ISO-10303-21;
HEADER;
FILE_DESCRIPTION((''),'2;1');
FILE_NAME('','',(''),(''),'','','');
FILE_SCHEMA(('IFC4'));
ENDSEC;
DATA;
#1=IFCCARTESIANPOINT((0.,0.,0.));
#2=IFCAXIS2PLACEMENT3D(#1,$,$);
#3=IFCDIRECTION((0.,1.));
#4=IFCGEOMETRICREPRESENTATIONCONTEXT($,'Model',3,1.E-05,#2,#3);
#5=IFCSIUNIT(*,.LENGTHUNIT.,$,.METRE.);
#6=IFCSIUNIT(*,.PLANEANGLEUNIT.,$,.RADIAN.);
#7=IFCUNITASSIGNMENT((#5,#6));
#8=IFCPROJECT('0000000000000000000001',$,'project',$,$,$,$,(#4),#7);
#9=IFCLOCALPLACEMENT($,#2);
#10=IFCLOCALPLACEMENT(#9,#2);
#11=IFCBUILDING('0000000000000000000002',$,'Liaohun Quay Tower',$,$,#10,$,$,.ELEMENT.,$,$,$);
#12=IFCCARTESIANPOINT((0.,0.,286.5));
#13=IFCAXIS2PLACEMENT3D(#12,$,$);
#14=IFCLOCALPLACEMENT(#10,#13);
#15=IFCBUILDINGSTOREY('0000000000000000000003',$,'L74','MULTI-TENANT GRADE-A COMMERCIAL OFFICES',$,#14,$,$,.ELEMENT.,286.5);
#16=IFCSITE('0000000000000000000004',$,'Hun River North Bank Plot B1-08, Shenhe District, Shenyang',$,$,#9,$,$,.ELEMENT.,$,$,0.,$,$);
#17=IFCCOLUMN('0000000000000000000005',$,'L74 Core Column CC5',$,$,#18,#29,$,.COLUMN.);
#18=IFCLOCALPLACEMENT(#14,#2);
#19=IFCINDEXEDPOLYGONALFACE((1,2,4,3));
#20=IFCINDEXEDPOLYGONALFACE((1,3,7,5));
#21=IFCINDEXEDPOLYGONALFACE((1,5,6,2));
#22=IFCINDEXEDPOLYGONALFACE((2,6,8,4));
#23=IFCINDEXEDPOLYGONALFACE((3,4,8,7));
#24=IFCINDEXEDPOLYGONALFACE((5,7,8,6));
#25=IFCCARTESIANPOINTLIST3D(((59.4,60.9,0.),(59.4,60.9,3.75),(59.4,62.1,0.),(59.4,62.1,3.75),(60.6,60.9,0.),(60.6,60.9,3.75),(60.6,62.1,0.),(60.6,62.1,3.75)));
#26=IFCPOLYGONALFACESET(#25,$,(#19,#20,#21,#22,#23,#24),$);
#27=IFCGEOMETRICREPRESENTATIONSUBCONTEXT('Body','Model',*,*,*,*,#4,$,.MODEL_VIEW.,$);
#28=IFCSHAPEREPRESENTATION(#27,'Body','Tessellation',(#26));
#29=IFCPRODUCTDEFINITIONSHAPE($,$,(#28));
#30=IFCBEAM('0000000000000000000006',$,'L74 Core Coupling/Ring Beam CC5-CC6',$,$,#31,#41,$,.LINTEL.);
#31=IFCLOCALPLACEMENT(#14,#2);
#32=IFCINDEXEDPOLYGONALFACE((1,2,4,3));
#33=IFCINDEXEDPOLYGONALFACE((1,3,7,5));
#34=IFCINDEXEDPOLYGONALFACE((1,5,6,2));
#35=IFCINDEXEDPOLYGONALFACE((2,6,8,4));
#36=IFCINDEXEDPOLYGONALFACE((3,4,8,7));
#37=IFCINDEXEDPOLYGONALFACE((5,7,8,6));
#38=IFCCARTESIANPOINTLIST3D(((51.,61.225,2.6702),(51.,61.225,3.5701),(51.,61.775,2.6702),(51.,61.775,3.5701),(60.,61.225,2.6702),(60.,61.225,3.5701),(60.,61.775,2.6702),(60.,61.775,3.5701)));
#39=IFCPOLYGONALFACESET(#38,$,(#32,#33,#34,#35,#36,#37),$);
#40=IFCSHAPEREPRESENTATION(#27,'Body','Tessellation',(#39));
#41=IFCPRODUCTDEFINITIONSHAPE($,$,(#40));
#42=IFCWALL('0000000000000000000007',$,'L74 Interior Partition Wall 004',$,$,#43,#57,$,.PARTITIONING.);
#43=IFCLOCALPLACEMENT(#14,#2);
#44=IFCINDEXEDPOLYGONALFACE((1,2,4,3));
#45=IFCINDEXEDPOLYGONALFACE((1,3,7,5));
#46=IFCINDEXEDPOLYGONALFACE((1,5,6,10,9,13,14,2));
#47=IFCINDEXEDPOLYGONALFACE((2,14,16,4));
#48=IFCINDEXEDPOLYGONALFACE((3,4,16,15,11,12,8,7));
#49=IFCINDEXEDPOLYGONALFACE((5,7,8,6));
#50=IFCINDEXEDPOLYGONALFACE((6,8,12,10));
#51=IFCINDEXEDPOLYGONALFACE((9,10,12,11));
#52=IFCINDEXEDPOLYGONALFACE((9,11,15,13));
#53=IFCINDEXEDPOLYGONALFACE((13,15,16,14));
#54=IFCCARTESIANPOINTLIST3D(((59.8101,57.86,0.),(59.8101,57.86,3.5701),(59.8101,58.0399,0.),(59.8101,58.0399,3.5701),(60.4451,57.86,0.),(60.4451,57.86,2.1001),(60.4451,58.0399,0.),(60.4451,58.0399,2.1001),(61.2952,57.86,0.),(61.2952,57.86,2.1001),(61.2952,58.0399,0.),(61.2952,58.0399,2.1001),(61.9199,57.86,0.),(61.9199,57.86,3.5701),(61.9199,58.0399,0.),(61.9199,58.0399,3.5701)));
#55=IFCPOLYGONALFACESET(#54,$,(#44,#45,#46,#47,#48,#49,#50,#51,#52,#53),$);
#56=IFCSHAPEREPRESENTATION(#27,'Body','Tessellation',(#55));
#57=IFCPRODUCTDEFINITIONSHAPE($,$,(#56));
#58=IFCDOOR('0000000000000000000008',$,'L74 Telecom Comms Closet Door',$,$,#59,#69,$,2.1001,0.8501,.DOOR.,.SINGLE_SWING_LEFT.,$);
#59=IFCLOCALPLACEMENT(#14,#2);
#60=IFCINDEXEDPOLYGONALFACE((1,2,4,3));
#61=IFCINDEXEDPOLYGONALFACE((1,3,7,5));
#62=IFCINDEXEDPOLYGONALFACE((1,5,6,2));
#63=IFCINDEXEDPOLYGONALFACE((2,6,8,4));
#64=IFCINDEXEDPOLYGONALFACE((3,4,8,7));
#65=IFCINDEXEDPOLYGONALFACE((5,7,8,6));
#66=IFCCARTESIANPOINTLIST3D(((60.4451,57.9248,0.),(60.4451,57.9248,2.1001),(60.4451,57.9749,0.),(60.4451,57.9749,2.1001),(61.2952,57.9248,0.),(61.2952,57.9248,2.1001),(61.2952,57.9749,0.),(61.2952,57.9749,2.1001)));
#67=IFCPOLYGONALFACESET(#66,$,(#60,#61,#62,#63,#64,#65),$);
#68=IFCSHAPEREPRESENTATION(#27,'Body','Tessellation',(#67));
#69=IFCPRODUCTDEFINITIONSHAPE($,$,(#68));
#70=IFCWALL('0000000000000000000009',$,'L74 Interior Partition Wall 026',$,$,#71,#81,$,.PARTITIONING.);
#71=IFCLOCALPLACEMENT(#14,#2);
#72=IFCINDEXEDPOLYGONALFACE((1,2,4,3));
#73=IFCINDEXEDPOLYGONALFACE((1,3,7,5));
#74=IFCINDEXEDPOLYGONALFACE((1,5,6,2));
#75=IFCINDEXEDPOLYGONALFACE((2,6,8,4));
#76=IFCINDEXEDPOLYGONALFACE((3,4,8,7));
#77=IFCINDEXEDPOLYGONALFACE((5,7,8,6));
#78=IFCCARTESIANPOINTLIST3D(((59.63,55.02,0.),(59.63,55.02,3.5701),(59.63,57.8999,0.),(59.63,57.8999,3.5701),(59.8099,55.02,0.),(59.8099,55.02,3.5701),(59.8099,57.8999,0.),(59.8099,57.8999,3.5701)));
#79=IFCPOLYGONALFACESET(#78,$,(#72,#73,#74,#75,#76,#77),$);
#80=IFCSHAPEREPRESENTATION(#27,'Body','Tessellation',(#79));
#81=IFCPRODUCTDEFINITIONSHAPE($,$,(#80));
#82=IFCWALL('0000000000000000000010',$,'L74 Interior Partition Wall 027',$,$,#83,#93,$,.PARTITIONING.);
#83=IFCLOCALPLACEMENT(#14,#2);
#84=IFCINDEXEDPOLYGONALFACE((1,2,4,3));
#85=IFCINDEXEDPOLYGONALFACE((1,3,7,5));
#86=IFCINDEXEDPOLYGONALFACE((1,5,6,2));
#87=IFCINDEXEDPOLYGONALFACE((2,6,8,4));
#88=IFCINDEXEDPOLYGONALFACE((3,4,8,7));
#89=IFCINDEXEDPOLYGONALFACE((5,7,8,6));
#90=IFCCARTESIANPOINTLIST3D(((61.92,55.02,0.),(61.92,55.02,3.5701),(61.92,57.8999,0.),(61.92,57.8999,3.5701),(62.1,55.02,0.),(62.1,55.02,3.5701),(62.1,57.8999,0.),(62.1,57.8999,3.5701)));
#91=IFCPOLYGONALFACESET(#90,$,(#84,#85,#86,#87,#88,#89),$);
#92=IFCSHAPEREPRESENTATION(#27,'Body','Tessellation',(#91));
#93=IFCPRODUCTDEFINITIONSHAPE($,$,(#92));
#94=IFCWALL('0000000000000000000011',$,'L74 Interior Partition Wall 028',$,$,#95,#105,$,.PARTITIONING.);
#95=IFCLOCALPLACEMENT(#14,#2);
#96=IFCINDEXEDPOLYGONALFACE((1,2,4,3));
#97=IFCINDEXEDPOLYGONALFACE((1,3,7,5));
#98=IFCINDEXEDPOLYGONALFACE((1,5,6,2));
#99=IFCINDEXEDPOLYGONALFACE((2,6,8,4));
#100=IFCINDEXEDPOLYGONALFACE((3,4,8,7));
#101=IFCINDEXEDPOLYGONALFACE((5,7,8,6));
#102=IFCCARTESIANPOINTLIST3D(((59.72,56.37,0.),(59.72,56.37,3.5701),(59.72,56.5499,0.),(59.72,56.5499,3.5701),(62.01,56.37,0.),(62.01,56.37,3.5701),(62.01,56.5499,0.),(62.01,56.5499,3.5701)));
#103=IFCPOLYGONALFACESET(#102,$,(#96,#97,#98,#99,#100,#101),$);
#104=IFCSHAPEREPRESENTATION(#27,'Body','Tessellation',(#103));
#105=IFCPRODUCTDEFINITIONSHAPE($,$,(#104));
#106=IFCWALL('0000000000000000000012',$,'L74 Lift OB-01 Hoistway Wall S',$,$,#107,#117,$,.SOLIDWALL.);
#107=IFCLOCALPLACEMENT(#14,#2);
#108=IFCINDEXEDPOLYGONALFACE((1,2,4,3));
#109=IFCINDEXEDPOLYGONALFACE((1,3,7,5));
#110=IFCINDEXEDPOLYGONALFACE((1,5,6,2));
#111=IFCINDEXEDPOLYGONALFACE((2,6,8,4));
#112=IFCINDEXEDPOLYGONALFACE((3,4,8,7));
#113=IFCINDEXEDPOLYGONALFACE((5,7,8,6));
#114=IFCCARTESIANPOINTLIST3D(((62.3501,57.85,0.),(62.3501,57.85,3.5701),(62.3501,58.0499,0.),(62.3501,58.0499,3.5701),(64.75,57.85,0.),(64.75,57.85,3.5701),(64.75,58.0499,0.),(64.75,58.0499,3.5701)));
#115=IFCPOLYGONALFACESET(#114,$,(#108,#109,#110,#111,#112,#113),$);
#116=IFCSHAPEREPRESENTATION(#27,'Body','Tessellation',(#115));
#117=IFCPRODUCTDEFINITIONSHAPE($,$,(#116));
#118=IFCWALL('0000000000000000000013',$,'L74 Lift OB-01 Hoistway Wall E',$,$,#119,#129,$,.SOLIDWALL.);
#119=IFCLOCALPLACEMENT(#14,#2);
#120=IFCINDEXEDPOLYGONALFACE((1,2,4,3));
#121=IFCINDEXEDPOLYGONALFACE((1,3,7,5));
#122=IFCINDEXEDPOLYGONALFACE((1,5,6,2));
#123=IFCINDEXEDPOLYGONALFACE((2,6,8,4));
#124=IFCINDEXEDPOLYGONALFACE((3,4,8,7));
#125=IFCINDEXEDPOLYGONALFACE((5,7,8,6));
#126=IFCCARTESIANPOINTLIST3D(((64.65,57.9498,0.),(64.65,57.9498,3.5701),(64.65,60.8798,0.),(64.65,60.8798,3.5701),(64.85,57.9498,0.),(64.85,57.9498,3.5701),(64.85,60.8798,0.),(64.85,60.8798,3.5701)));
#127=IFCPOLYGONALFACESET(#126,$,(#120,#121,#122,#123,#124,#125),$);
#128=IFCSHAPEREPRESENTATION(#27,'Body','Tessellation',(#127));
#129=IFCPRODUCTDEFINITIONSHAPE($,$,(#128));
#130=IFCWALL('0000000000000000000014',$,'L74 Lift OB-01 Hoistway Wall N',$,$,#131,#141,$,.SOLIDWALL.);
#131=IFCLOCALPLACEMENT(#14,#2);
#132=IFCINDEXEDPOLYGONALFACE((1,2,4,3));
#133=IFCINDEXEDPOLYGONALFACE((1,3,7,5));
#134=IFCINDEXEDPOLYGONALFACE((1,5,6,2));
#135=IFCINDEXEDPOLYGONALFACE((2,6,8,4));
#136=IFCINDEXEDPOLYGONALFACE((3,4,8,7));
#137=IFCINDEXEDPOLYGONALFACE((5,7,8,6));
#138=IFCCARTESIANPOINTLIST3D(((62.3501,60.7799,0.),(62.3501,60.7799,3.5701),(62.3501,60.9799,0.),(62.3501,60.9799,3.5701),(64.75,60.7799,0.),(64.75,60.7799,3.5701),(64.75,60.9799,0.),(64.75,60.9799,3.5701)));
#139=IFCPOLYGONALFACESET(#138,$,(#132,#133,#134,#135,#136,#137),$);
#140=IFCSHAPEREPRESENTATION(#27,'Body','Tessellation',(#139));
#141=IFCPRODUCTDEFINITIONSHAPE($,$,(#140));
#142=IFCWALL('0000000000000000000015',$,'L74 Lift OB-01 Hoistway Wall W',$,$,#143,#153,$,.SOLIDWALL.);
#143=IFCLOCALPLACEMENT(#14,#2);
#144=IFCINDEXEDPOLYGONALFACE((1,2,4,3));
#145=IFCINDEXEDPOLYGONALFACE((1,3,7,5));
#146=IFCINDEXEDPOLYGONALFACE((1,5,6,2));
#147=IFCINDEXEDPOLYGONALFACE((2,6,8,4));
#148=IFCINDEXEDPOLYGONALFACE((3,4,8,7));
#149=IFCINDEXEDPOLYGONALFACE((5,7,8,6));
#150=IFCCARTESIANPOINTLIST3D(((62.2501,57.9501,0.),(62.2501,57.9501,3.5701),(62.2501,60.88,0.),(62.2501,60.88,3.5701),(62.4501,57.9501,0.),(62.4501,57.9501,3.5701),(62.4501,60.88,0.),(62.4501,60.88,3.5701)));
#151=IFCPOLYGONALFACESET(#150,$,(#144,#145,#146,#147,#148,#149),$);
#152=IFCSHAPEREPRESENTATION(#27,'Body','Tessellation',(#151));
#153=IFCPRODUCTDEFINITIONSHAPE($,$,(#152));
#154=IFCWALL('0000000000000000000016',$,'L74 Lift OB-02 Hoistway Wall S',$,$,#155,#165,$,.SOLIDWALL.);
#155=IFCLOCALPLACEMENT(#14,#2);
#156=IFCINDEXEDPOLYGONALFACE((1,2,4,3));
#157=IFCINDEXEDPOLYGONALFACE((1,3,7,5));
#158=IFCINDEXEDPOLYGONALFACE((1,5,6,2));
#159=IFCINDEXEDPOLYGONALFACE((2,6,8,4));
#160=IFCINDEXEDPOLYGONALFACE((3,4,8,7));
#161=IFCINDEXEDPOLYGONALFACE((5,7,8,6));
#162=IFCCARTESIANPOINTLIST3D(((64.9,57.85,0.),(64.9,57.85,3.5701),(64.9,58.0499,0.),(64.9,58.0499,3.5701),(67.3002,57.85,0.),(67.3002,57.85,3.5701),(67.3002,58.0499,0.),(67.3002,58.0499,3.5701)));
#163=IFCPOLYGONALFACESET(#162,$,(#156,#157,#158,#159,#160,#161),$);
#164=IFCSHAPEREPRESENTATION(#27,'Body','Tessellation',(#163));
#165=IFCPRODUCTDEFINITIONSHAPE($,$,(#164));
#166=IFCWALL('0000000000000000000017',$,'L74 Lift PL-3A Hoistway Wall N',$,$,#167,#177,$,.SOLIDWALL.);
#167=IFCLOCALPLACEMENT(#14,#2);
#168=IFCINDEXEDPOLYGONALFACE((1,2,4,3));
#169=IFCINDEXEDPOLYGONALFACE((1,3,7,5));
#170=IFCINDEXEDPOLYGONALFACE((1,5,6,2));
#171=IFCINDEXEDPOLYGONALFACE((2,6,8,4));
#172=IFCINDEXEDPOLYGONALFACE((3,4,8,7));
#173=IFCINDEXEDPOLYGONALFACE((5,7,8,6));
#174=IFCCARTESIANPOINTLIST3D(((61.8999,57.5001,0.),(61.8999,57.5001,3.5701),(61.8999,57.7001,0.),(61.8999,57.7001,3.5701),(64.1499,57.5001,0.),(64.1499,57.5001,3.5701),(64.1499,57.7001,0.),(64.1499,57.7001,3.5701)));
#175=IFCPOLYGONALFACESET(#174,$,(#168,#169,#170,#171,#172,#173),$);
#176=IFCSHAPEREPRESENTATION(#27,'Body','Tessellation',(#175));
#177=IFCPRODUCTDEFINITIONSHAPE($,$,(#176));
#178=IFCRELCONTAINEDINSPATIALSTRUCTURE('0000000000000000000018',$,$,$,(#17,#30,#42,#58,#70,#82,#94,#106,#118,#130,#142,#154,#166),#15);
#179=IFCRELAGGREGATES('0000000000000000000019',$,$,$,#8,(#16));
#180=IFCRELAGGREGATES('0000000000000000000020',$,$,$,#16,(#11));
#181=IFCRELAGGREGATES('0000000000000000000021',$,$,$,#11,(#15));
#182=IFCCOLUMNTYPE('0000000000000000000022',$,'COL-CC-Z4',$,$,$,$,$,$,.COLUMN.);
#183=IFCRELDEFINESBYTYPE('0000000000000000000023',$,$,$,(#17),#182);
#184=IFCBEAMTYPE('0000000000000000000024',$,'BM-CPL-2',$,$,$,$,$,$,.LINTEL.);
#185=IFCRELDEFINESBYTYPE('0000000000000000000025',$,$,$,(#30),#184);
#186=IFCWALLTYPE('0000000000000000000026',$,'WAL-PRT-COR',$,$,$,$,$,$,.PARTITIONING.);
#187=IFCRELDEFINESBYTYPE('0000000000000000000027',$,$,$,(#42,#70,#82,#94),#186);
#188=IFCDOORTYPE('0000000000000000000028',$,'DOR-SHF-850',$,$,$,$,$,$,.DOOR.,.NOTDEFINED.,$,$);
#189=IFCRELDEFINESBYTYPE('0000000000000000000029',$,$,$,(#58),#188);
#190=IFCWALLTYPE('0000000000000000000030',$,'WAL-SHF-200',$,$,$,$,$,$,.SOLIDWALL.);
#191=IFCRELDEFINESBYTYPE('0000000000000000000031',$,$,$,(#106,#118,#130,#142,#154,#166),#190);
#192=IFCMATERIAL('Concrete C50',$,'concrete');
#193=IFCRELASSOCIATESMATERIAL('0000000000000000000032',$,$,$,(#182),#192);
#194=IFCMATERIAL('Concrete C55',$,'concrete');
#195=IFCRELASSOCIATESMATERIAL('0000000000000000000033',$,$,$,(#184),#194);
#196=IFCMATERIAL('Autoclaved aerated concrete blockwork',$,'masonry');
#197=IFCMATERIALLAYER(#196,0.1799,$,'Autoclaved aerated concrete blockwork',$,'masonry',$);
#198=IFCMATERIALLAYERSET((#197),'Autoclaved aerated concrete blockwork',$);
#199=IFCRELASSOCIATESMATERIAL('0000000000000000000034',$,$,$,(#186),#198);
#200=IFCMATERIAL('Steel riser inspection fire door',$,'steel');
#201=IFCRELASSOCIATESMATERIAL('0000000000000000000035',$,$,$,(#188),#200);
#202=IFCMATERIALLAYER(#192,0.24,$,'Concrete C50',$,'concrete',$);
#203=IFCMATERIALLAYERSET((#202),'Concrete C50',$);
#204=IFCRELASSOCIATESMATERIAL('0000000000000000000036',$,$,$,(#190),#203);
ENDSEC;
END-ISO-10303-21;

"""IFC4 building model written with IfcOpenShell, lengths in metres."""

from ifc_helpers import new_model, si_unit, direction, frame, frame_2d, origin, origin_2d, place, context, subcontext, project, spatial, rectangle, extrude, source, transform, mapped, material, layer, layer_set, material_profile, profile_set, type_object, element, fill, save


model = new_model("IFC4")

# Units and contexts
model_context = context("Model", 3, precision=1e-05, world=origin(), true_north=direction((0.0, 1.0)))
body_context = subcontext(model_context, "Body", "Model", "MODEL_VIEW")
ifc_project = project(units=[si_unit("LENGTHUNIT", "METRE"), si_unit("PLANEANGLEUNIT", "RADIAN")], contexts=[model_context])

# Site, building, storey
site_placement = place(None, origin())
site = spatial("IfcSite", under=ifc_project, at=site_placement, Name="Hun River North Bank Plot B1-08, Shenhe District, Shenyang", CompositionType="ELEMENT", RefElevation=0.0)
building_placement = place(site_placement, origin())
building = spatial("IfcBuilding", under=site, at=building_placement, Name="Liaohun Quay Tower", CompositionType="ELEMENT")
storey_placement = place(building_placement, frame((0.0, 0.0, 286.5)))
storey = spatial("IfcBuildingStorey", under=building, at=storey_placement, Name="L74", Description="MULTI-TENANT GRADE-A COMMERCIAL OFFICES", CompositionType="ELEMENT", Elevation=286.5)

# Column
ifc_material_1 = material(Name="Concrete C50", Category="concrete")
ifc_material_profile_1 = material_profile(ifc_material_1, rectangle(XDim=1.2, YDim=1.2, at=origin_2d()), Name="RC1200x1200")
ifc_profile_set_1 = profile_set([ifc_material_profile_1], Name="Concrete C50")
column_type = type_object("IfcColumnType", Name="COL-CC-Z4", PredefinedType="COLUMN", material=ifc_profile_set_1)
shared_shape_1 = source(origin(), body_context, "Body", "SweptSolid", [
    extrude(rectangle(XDim=1.2, YDim=1.2, at=origin_2d()), origin(), (0.0, 0.0, 1.0), 3.75),
])
column_placement = place(storey_placement, frame((60.0, 61.5, 0.0), z_axis=(0.0, 0.0, 1.0), x_axis=(1.0, 0.0, 0.0)))
element("IfcColumn", 1, at=column_placement, inside=storey, type_object=column_type, Name="L74 Core Column CC5", PredefinedType="COLUMN", context=body_context, shape_type="MappedRepresentation", body=[
    mapped(shared_shape_1, transform((0.0, 0.0, 0.0), x_axis=(1.0, 0.0, 0.0), y_axis=(0.0, 1.0, 0.0), z_axis=(0.0, 0.0, 1.0), scale=1.0)),
])

# Beam
ifc_material_2 = material(Name="Concrete C55", Category="concrete")
ifc_material_profile_2 = material_profile(ifc_material_2, rectangle(XDim=0.55, YDim=0.8999, at=origin_2d()), Name="RC550x900")
ifc_profile_set_2 = profile_set([ifc_material_profile_2], Name="Concrete C55")
beam_type = type_object("IfcBeamType", Name="BM-CPL-2", PredefinedType="LINTEL", material=ifc_profile_set_2)
shared_shape_2 = source(origin(), body_context, "Body", "SweptSolid", [
    extrude(rectangle(XDim=0.55, YDim=0.8999, at=origin_2d()), origin(), (0.0, 0.0, 1.0), 9.0),
])
beam_placement = place(storey_placement, frame((60.0, 61.5, 3.1201), z_axis=(-1.0, 0.0, 0.0), x_axis=(0.0, -1.0, 0.0)))
element("IfcBeam", 2, at=beam_placement, inside=storey, type_object=beam_type, Name="L74 Core Coupling/Ring Beam CC5-CC6", PredefinedType="LINTEL", context=body_context, shape_type="MappedRepresentation", body=[
    mapped(shared_shape_2, transform((0.0, 0.0, 0.0), x_axis=(1.0, 0.0, 0.0), y_axis=(0.0, 1.0, 0.0), z_axis=(0.0, 0.0, 1.0), scale=1.0)),
])

# Wall, opening, door
ifc_material_3 = material(Name="Autoclaved aerated concrete blockwork", Category="masonry")
ifc_layer_1 = layer(ifc_material_3, 0.1799, Name="Autoclaved aerated concrete blockwork", Category="masonry")
ifc_layer_set_1 = layer_set([ifc_layer_1], Name="Autoclaved aerated concrete blockwork")
wall_type_1 = type_object("IfcWallType", Name="WAL-PRT-COR", PredefinedType="PARTITIONING", material=ifc_layer_set_1)
wall_1_placement = place(storey_placement, frame((59.8101, 57.95, 0.0), z_axis=(0.0, 0.0, 1.0), x_axis=(1.0, 0.0, 0.0)))
wall_1 = element("IfcWall", 3, at=wall_1_placement, inside=storey, type_object=wall_type_1, Name="L74 Interior Partition Wall 004", PredefinedType="PARTITIONING", context=body_context, shape_type="SweptSolid", body=[
    extrude(rectangle(XDim=2.1099, YDim=0.1799, at=frame_2d((1.0549, 0.0))), origin(), (0.0, 0.0, 1.0), 3.5701),
])
shared_shape_3 = source(origin(), body_context, "Body", "SweptSolid", [
    extrude(rectangle(XDim=0.8501, YDim=2.1001, at=frame_2d((0.425, 1.05))), frame((0.0, 0.0999, 0.0), z_axis=(0.0, -1.0, 0.0), x_axis=(1.0, 0.0, 0.0)), (0.0, 0.0, 1.0), 0.2),
])
opening_placement = place(wall_1_placement, frame((0.635, 0.0, 0.0)))
opening = element("IfcOpeningElement", 4, at=opening_placement, cuts=wall_1, PredefinedType="OPENING", context=body_context, shape_type="MappedRepresentation", body=[
    mapped(shared_shape_3, transform((0.0, 0.0, 0.0), x_axis=(1.0, 0.0, 0.0), y_axis=(0.0, 1.0, 0.0), z_axis=(0.0, 0.0, 1.0), scale=1.0)),
])
ifc_material_4 = material(Name="Steel riser inspection fire door", Category="steel")
door_type = type_object("IfcDoorType", Name="DOR-SHF-850", OperationType="NOTDEFINED", PredefinedType="DOOR", material=ifc_material_4)
shared_shape_4 = source(origin(), body_context, "Body", "SweptSolid", [
    extrude(rectangle(XDim=0.8501, YDim=2.1001, at=frame_2d((0.425, 1.05))), frame((0.0, 0.0249, 0.0), z_axis=(0.0, -1.0, 0.0), x_axis=(1.0, 0.0, 0.0)), (0.0, 0.0, 1.0), 0.05),
])
door_placement = place(opening_placement, origin())
door = element("IfcDoor", 5, at=door_placement, inside=storey, type_object=door_type, Name="L74 Telecom Comms Closet Door", OperationType="SINGLE_SWING_LEFT", OverallHeight=2.1001, OverallWidth=0.8501, PredefinedType="DOOR", context=body_context, shape_type="MappedRepresentation", body=[
    mapped(shared_shape_4, transform((0.0, 0.0, 0.0), x_axis=(1.0, 0.0, 0.0), y_axis=(0.0, 1.0, 0.0), z_axis=(0.0, 0.0, 1.0), scale=1.0)),
])
fill(opening, door)

# Walls
for number, where, z_axis, x_axis, name in (
    (6, (59.72, 55.02, 0.0), (0.0, 0.0, 1.0), (0.0, 1.0, 0.0), "L74 Interior Partition Wall 026"),
    (7, (62.01, 55.02, 0.0), (0.0, 0.0, 1.0), (0.0, 1.0, 0.0), "L74 Interior Partition Wall 027"),
):
    element("IfcWall", number, at=place(storey_placement, frame(where, z_axis=z_axis, x_axis=x_axis)), inside=storey, type_object=wall_type_1, Name=name, PredefinedType="PARTITIONING", context=body_context, shape_type="SweptSolid", body=[
        extrude(rectangle(XDim=2.8799, YDim=0.1799, at=frame_2d((1.4399, 0.0))), origin(), (0.0, 0.0, 1.0), 3.5701),
    ])
wall_2_placement = place(storey_placement, frame((59.72, 56.46, 0.0), z_axis=(0.0, 0.0, 1.0), x_axis=(1.0, 0.0, 0.0)))
element("IfcWall", 8, at=wall_2_placement, inside=storey, type_object=wall_type_1, Name="L74 Interior Partition Wall 028", PredefinedType="PARTITIONING", context=body_context, shape_type="SweptSolid", body=[
    extrude(rectangle(XDim=2.29, YDim=0.1799, at=frame_2d((1.145, 0.0))), origin(), (0.0, 0.0, 1.0), 3.5701),
])
ifc_layer_2 = layer(ifc_material_1, 0.24, Name="Concrete C50", Category="concrete")
ifc_layer_set_2 = layer_set([ifc_layer_2], Name="Concrete C50")
wall_type_2 = type_object("IfcWallType", Name="WAL-SHF-200", PredefinedType="SOLIDWALL", material=ifc_layer_set_2)
wall_3_placement = place(storey_placement, frame((62.3501, 57.95, 0.0), z_axis=(0.0, 0.0, 1.0), x_axis=(1.0, 0.0, 0.0)))
element("IfcWall", 9, at=wall_3_placement, inside=storey, type_object=wall_type_2, Name="L74 Lift OB-01 Hoistway Wall S", PredefinedType="SOLIDWALL", context=body_context, shape_type="SweptSolid", body=[
    extrude(rectangle(XDim=2.3999, YDim=0.2, at=frame_2d((1.2, 0.0))), origin(), (0.0, 0.0, 1.0), 3.5701),
])
wall_4_placement = place(storey_placement, frame((64.75, 57.95, 0.0), z_axis=(0.0, 0.0, 1.0), x_axis=(0.0, 1.0, 0.0)))
element("IfcWall", 10, at=wall_4_placement, inside=storey, type_object=wall_type_2, Name="L74 Lift OB-01 Hoistway Wall E", PredefinedType="SOLIDWALL", context=body_context, shape_type="SweptSolid", body=[
    extrude(rectangle(XDim=2.9299, YDim=0.2, at=frame_2d((1.4648, 0.0))), origin(), (0.0, 0.0, 1.0), 3.5701),
])
wall_5_placement = place(storey_placement, frame((64.75, 60.8799, 0.0), z_axis=(0.0, 0.0, 1.0), x_axis=(-1.0, 0.0, 0.0)))
element("IfcWall", 11, at=wall_5_placement, inside=storey, type_object=wall_type_2, Name="L74 Lift OB-01 Hoistway Wall N", PredefinedType="SOLIDWALL", context=body_context, shape_type="SweptSolid", body=[
    extrude(rectangle(XDim=2.3999, YDim=0.2, at=frame_2d((1.2, 0.0))), origin(), (0.0, 0.0, 1.0), 3.5701),
])
wall_6_placement = place(storey_placement, frame((62.3501, 60.8799, 0.0), z_axis=(0.0, 0.0, 1.0), x_axis=(0.0, -1.0, 0.0)))
element("IfcWall", 12, at=wall_6_placement, inside=storey, type_object=wall_type_2, Name="L74 Lift OB-01 Hoistway Wall W", PredefinedType="SOLIDWALL", context=body_context, shape_type="SweptSolid", body=[
    extrude(rectangle(XDim=2.9299, YDim=0.2, at=frame_2d((1.4648, 0.0))), origin(), (0.0, 0.0, 1.0), 3.5701),
])
wall_7_placement = place(storey_placement, frame((64.8999, 57.95, 0.0), z_axis=(0.0, 0.0, 1.0), x_axis=(1.0, 0.0, 0.0)))
element("IfcWall", 13, at=wall_7_placement, inside=storey, type_object=wall_type_2, Name="L74 Lift OB-02 Hoistway Wall S", PredefinedType="SOLIDWALL", context=body_context, shape_type="SweptSolid", body=[
    extrude(rectangle(XDim=2.4001, YDim=0.2, at=frame_2d((1.2002, 0.0))), origin(), (0.0, 0.0, 1.0), 3.5701),
])
wall_8_placement = place(storey_placement, frame((64.1499, 57.6001, 0.0), z_axis=(0.0, 0.0, 1.0), x_axis=(-1.0, 0.0, 0.0)))
element("IfcWall", 14, at=wall_8_placement, inside=storey, type_object=wall_type_2, Name="L74 Lift PL-3A Hoistway Wall N", PredefinedType="SOLIDWALL", context=body_context, shape_type="SweptSolid", body=[
    extrude(rectangle(XDim=2.25, YDim=0.2, at=frame_2d((1.125, 0.0))), origin(), (0.0, 0.0, 1.0), 3.5701),
])

save(model, "model.ifc")
